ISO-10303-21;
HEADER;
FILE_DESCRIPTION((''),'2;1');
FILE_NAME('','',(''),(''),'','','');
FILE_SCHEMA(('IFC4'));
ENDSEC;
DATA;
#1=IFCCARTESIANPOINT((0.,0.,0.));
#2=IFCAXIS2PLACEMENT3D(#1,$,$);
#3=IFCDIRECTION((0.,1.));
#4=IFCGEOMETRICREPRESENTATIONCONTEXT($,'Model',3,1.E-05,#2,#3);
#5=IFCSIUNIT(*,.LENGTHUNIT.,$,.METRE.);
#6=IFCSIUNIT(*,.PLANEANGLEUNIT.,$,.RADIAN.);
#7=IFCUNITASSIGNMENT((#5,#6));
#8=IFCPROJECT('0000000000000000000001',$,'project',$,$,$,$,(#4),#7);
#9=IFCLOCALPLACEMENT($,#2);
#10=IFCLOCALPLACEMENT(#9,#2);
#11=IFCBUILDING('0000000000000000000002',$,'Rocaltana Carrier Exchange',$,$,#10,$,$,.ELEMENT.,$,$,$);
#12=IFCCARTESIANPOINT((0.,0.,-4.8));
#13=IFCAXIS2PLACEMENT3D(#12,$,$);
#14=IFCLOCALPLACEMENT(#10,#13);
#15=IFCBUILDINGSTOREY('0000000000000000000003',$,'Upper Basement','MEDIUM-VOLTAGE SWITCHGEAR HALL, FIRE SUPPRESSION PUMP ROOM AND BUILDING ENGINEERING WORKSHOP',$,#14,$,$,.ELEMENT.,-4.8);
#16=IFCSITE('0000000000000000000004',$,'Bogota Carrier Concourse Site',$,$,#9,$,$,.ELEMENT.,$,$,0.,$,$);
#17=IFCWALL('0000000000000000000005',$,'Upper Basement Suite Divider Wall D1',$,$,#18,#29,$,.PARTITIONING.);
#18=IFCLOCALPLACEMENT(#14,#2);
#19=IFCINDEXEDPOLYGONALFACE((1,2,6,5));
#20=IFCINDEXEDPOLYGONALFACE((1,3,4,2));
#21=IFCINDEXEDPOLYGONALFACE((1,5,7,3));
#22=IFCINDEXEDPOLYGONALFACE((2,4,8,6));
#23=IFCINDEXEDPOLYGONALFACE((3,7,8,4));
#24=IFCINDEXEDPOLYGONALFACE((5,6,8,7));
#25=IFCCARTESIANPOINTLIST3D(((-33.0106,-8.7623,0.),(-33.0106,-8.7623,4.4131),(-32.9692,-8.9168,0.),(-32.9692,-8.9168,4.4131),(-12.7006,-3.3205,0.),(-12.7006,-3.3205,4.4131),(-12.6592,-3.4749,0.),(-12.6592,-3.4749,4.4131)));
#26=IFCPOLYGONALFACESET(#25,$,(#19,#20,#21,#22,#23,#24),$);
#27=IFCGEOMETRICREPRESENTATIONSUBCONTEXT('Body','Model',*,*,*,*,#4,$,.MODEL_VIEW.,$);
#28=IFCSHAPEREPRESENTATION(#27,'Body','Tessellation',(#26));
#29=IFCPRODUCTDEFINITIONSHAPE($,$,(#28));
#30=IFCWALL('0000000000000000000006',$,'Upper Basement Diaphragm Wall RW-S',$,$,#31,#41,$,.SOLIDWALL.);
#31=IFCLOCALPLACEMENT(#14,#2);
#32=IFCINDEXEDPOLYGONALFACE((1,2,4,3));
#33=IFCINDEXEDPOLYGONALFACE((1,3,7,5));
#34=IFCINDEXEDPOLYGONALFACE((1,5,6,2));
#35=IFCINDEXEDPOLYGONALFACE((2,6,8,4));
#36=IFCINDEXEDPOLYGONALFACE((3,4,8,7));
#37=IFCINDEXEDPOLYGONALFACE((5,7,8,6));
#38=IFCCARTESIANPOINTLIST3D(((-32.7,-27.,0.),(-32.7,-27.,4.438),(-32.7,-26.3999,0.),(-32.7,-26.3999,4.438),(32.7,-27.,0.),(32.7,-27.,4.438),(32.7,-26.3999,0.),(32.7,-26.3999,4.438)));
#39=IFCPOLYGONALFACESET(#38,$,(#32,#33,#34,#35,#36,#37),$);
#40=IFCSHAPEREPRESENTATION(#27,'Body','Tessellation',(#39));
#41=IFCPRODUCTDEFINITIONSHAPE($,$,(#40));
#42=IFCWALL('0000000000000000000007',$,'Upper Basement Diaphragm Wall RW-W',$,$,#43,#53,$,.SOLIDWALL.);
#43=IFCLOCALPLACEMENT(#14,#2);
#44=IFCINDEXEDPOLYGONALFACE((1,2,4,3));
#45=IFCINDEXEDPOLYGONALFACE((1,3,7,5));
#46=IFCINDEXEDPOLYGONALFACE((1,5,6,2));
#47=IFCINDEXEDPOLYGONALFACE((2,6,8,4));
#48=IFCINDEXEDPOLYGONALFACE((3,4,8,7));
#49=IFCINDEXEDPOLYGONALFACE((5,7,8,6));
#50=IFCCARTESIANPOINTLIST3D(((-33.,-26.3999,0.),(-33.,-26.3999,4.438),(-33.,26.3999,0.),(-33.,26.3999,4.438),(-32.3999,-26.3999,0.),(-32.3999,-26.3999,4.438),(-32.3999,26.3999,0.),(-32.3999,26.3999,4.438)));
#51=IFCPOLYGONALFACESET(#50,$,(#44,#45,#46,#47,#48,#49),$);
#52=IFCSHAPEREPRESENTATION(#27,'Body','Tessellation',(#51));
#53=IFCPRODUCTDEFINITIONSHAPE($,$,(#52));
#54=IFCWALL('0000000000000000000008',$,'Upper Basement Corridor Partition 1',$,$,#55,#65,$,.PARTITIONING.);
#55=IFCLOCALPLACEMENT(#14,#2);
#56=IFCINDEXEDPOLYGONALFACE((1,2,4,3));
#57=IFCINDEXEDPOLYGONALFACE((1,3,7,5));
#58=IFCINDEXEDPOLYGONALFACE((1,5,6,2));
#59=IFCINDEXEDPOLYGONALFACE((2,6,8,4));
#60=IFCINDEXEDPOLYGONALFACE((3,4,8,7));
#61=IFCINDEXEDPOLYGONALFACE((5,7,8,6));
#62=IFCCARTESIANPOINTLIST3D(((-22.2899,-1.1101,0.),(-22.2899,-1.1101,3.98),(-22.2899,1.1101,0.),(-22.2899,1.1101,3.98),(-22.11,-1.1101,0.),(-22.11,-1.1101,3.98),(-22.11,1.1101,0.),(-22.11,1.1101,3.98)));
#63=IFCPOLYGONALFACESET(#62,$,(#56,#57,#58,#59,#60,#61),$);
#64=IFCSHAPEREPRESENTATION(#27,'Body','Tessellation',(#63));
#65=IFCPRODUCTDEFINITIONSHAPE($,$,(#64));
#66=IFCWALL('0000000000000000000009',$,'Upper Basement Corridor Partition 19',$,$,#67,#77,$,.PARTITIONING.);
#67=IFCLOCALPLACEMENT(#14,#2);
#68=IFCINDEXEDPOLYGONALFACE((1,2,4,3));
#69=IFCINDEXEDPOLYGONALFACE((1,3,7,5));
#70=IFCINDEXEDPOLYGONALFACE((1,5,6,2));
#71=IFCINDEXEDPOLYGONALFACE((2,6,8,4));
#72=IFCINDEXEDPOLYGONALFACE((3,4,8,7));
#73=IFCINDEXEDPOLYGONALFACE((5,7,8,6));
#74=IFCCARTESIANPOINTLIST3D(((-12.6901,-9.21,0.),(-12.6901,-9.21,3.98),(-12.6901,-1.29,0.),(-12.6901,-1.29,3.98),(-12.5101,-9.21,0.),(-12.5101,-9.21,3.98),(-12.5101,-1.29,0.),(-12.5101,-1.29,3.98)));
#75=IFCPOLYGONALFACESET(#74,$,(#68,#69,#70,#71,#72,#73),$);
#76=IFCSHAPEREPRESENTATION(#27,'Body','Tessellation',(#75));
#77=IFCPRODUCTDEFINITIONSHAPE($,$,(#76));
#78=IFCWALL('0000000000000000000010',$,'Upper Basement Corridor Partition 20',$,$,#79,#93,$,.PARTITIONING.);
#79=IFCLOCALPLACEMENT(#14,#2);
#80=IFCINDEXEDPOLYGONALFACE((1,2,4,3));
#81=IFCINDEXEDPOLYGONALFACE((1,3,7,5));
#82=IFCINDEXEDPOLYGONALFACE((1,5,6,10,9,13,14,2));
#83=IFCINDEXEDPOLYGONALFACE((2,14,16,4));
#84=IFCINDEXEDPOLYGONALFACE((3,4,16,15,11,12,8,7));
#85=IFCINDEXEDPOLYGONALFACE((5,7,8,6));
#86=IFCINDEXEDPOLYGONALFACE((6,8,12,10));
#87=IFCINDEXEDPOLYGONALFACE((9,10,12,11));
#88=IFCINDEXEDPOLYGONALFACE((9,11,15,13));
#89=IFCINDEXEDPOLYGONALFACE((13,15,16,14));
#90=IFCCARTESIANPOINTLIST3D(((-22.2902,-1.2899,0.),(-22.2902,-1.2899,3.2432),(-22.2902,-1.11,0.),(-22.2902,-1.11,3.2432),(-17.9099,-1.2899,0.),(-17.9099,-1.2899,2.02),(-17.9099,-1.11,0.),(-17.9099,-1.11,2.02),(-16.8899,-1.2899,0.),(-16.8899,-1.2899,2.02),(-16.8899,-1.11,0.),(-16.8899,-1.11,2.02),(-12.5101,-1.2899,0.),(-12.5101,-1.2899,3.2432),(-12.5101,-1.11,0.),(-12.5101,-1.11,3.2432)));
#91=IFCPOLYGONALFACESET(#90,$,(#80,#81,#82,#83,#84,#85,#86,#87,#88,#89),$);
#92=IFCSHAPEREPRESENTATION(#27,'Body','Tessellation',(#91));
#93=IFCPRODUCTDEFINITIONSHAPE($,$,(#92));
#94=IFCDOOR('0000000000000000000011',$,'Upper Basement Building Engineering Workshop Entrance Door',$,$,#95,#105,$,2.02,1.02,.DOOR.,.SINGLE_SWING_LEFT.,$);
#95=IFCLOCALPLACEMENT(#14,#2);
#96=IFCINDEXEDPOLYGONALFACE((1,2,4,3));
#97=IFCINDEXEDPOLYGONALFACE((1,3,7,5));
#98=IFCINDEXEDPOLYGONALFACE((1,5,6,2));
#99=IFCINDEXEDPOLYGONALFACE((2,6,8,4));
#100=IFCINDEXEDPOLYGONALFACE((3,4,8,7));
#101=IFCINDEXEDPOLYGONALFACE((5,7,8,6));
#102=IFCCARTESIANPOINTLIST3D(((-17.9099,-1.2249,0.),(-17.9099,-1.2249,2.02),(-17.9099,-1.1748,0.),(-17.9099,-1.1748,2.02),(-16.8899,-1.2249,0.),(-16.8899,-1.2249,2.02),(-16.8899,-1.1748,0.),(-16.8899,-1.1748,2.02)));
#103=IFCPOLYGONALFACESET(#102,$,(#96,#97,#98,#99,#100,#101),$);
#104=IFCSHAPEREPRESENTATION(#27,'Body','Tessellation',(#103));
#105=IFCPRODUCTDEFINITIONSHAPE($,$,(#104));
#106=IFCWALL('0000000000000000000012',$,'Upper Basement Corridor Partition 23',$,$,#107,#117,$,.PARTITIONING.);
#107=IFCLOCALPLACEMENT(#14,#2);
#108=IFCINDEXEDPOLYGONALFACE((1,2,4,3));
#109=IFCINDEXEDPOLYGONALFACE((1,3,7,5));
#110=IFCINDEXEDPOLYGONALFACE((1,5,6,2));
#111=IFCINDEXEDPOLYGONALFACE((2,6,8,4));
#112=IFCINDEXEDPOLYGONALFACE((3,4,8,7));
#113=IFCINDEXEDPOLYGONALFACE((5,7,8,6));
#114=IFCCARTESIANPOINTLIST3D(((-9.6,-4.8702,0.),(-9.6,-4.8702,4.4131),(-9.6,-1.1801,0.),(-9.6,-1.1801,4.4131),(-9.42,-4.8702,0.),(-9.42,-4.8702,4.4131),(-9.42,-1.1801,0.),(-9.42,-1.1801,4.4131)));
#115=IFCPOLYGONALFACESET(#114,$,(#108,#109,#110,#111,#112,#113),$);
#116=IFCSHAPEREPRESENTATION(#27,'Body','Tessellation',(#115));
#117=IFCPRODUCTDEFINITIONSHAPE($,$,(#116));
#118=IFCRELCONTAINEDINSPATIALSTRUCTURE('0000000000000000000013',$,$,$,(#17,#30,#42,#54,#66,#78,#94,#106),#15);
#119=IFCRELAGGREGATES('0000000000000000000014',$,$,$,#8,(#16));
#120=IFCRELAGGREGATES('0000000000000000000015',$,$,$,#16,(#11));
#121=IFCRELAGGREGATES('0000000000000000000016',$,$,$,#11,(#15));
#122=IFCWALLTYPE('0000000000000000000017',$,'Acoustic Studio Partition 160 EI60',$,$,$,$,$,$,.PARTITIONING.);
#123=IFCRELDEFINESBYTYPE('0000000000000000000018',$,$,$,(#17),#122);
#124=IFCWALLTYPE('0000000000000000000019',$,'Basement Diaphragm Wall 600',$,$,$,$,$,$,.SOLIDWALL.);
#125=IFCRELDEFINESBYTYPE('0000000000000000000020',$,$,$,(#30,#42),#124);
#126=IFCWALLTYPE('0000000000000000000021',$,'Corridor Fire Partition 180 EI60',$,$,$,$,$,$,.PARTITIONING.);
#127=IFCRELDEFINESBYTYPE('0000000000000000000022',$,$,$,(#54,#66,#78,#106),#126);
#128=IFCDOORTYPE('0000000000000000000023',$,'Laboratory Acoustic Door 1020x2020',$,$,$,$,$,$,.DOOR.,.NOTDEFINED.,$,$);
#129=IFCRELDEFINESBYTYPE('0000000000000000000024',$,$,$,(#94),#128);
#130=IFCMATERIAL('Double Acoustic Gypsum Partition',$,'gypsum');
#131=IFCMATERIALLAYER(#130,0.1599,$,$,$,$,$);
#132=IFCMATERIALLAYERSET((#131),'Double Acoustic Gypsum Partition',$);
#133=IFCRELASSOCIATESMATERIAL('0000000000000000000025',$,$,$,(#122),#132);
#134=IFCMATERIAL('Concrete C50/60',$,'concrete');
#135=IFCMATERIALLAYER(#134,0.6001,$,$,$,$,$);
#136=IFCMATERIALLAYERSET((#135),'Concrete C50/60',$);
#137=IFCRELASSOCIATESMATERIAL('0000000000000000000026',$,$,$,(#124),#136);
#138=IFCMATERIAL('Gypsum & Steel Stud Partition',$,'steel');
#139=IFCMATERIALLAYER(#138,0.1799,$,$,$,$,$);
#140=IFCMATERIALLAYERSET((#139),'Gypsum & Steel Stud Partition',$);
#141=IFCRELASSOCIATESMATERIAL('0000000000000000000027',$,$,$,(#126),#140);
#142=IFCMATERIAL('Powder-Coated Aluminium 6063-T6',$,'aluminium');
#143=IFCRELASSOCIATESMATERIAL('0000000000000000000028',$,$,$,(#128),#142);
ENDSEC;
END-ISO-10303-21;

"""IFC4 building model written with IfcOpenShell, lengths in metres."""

from ifc_helpers import new_model, si_unit, direction, frame, frame_2d, origin, place, context, subcontext, project, spatial, rectangle, extrude, material, layer, layer_set, type_object, element, fill, save


model = new_model("IFC4")

# Units and contexts
model_context = context("Model", 3, precision=1e-05, world=origin(), true_north=direction((0.0, 1.0)))
body_context = subcontext(model_context, "Body", "Model", "MODEL_VIEW")
ifc_project = project(units=[si_unit("LENGTHUNIT", "METRE"), si_unit("PLANEANGLEUNIT", "RADIAN")], contexts=[model_context])

# Site, building, storey
site_placement = place(None, origin())
site = spatial("IfcSite", under=ifc_project, at=site_placement, Name="Bogota Carrier Concourse Site", CompositionType="ELEMENT", RefElevation=0.0)
building_placement = place(site_placement, origin())
building = spatial("IfcBuilding", under=site, at=building_placement, Name="Rocaltana Carrier Exchange", CompositionType="ELEMENT")
storey_placement = place(building_placement, frame((0.0, 0.0, -4.8)))
storey = spatial("IfcBuildingStorey", under=building, at=storey_placement, Name="Upper Basement", Description="MEDIUM-VOLTAGE SWITCHGEAR HALL, FIRE SUPPRESSION PUMP ROOM AND BUILDING ENGINEERING WORKSHOP", CompositionType="ELEMENT", Elevation=-4.8)

# Walls
ifc_material_1 = material(Name="Double Acoustic Gypsum Partition", Category="gypsum")
ifc_layer_1 = layer(ifc_material_1, 0.1599)
ifc_layer_set_1 = layer_set([ifc_layer_1], Name="Double Acoustic Gypsum Partition")
wall_type_1 = type_object("IfcWallType", Name="Acoustic Studio Partition 160 EI60", PredefinedType="PARTITIONING", material=ifc_layer_set_1)
wall_1_placement = place(storey_placement, frame((-12.6799, -3.3977, 0.0), z_axis=(0.0, 0.0, 1.0), x_axis=(-0.965928, -0.258812, 0.0)))
element("IfcWall", 1, at=wall_1_placement, inside=storey, type_object=wall_type_1, Name="Upper Basement Suite Divider Wall D1", PredefinedType="PARTITIONING", context=body_context, shape_type="SweptSolid", body=[
    extrude(rectangle(XDim=21.0264, YDim=0.1599, at=frame_2d((10.5132, 0.0))), origin(), (0.0, 0.0, 1.0), 4.4131),
])
ifc_material_2 = material(Name="Concrete C50/60", Category="concrete")
ifc_layer_2 = layer(ifc_material_2, 0.6001)
ifc_layer_set_2 = layer_set([ifc_layer_2], Name="Concrete C50/60")
wall_type_2 = type_object("IfcWallType", Name="Basement Diaphragm Wall 600", PredefinedType="SOLIDWALL", material=ifc_layer_set_2)
wall_2_placement = place(storey_placement, frame((-32.7, -26.7, 0.0), z_axis=(0.0, 0.0, 1.0), x_axis=(1.0, 0.0, 0.0)))
element("IfcWall", 2, at=wall_2_placement, inside=storey, type_object=wall_type_2, Name="Upper Basement Diaphragm Wall RW-S", PredefinedType="SOLIDWALL", context=body_context, shape_type="SweptSolid", body=[
    extrude(rectangle(XDim=65.3999, YDim=0.6001, at=frame_2d((32.7, 0.0))), origin(), (0.0, 0.0, 1.0), 4.438),
])
wall_3_placement = place(storey_placement, frame((-32.7, -26.3999, 0.0), z_axis=(0.0, 0.0, 1.0), x_axis=(0.0, 1.0, 0.0)))
element("IfcWall", 3, at=wall_3_placement, inside=storey, type_object=wall_type_2, Name="Upper Basement Diaphragm Wall RW-W", PredefinedType="SOLIDWALL", context=body_context, shape_type="SweptSolid", body=[
    extrude(rectangle(XDim=52.7998, YDim=0.6001, at=frame_2d((26.3999, 0.0))), origin(), (0.0, 0.0, 1.0), 4.438),
])
ifc_material_3 = material(Name="Gypsum & Steel Stud Partition", Category="steel")
ifc_layer_3 = layer(ifc_material_3, 0.1799)
ifc_layer_set_3 = layer_set([ifc_layer_3], Name="Gypsum & Steel Stud Partition")
wall_type_3 = type_object("IfcWallType", Name="Corridor Fire Partition 180 EI60", PredefinedType="PARTITIONING", material=ifc_layer_set_3)
wall_4_placement = place(storey_placement, frame((-22.2, -1.1101, 0.0), z_axis=(0.0, 0.0, 1.0), x_axis=(0.0, 1.0, 0.0)))
element("IfcWall", 4, at=wall_4_placement, inside=storey, type_object=wall_type_3, Name="Upper Basement Corridor Partition 1", PredefinedType="PARTITIONING", context=body_context, shape_type="SweptSolid", body=[
    extrude(rectangle(XDim=2.2202, YDim=0.1799, at=frame_2d((1.1101, 0.0))), origin(), (0.0, 0.0, 1.0), 3.98),
])
wall_5_placement = place(storey_placement, frame((-12.6001, -9.21, 0.0), z_axis=(0.0, 0.0, 1.0), x_axis=(0.0, 1.0, 0.0)))
element("IfcWall", 5, at=wall_5_placement, inside=storey, type_object=wall_type_3, Name="Upper Basement Corridor Partition 19", PredefinedType="PARTITIONING", context=body_context, shape_type="SweptSolid", body=[
    extrude(rectangle(XDim=7.9199, YDim=0.1799, at=frame_2d((3.96, 0.0))), origin(), (0.0, 0.0, 1.0), 3.98),
])

# Wall, opening, door
wall_6_placement = place(storey_placement, frame((-12.51, -1.2, 0.0), z_axis=(0.0, 0.0, 1.0), x_axis=(-1.0, 0.0, 0.0)))
wall_6 = element("IfcWall", 6, at=wall_6_placement, inside=storey, type_object=wall_type_3, Name="Upper Basement Corridor Partition 20", PredefinedType="PARTITIONING", context=body_context, shape_type="SweptSolid", body=[
    extrude(rectangle(XDim=9.78, YDim=0.1799, at=frame_2d((4.8901, 0.0))), origin(), (0.0, 0.0, 1.0), 3.2432),
])
opening_placement = place(wall_6_placement, frame((4.3799, 0.0, 0.0)))
opening = element("IfcOpeningElement", 7, at=opening_placement, cuts=wall_6, PredefinedType="OPENING", context=body_context, shape_type="SweptSolid", body=[
    extrude(rectangle(XDim=1.02, YDim=2.02, at=frame_2d((0.51, 1.01))), frame((0.0, 0.0999, 0.0), z_axis=(0.0, -1.0, 0.0), x_axis=(1.0, 0.0, 0.0)), (0.0, 0.0, 1.0), 0.2),
])
ifc_material_4 = material(Name="Powder-Coated Aluminium 6063-T6", Category="aluminium")
door_type = type_object("IfcDoorType", Name="Laboratory Acoustic Door 1020x2020", OperationType="NOTDEFINED", PredefinedType="DOOR", material=ifc_material_4)
door_placement = place(opening_placement, origin())
door = element("IfcDoor", 8, at=door_placement, inside=storey, type_object=door_type, Name="Upper Basement Building Engineering Workshop Entrance Door", OperationType="SINGLE_SWING_LEFT", OverallHeight=2.02, OverallWidth=1.02, PredefinedType="DOOR", context=body_context, shape_type="SweptSolid", body=[
    extrude(rectangle(XDim=1.02, YDim=2.02, at=frame_2d((0.51, 1.01))), frame((0.0, 0.0249, 0.0), z_axis=(0.0, -1.0, 0.0), x_axis=(1.0, 0.0, 0.0)), (0.0, 0.0, 1.0), 0.05),
])
fill(opening, door)

# Wall
wall_7_placement = place(storey_placement, frame((-9.51, -1.1799, 0.0), z_axis=(0.0, 0.0, 1.0), x_axis=(0.0, -1.0, 0.0)))
element("IfcWall", 9, at=wall_7_placement, inside=storey, type_object=wall_type_3, Name="Upper Basement Corridor Partition 23", PredefinedType="PARTITIONING", context=body_context, shape_type="SweptSolid", body=[
    extrude(rectangle(XDim=3.6902, YDim=0.1799, at=frame_2d((1.8452, 0.0))), origin(), (0.0, 0.0, 1.0), 4.4131),
])

save(model, "model.ifc")
